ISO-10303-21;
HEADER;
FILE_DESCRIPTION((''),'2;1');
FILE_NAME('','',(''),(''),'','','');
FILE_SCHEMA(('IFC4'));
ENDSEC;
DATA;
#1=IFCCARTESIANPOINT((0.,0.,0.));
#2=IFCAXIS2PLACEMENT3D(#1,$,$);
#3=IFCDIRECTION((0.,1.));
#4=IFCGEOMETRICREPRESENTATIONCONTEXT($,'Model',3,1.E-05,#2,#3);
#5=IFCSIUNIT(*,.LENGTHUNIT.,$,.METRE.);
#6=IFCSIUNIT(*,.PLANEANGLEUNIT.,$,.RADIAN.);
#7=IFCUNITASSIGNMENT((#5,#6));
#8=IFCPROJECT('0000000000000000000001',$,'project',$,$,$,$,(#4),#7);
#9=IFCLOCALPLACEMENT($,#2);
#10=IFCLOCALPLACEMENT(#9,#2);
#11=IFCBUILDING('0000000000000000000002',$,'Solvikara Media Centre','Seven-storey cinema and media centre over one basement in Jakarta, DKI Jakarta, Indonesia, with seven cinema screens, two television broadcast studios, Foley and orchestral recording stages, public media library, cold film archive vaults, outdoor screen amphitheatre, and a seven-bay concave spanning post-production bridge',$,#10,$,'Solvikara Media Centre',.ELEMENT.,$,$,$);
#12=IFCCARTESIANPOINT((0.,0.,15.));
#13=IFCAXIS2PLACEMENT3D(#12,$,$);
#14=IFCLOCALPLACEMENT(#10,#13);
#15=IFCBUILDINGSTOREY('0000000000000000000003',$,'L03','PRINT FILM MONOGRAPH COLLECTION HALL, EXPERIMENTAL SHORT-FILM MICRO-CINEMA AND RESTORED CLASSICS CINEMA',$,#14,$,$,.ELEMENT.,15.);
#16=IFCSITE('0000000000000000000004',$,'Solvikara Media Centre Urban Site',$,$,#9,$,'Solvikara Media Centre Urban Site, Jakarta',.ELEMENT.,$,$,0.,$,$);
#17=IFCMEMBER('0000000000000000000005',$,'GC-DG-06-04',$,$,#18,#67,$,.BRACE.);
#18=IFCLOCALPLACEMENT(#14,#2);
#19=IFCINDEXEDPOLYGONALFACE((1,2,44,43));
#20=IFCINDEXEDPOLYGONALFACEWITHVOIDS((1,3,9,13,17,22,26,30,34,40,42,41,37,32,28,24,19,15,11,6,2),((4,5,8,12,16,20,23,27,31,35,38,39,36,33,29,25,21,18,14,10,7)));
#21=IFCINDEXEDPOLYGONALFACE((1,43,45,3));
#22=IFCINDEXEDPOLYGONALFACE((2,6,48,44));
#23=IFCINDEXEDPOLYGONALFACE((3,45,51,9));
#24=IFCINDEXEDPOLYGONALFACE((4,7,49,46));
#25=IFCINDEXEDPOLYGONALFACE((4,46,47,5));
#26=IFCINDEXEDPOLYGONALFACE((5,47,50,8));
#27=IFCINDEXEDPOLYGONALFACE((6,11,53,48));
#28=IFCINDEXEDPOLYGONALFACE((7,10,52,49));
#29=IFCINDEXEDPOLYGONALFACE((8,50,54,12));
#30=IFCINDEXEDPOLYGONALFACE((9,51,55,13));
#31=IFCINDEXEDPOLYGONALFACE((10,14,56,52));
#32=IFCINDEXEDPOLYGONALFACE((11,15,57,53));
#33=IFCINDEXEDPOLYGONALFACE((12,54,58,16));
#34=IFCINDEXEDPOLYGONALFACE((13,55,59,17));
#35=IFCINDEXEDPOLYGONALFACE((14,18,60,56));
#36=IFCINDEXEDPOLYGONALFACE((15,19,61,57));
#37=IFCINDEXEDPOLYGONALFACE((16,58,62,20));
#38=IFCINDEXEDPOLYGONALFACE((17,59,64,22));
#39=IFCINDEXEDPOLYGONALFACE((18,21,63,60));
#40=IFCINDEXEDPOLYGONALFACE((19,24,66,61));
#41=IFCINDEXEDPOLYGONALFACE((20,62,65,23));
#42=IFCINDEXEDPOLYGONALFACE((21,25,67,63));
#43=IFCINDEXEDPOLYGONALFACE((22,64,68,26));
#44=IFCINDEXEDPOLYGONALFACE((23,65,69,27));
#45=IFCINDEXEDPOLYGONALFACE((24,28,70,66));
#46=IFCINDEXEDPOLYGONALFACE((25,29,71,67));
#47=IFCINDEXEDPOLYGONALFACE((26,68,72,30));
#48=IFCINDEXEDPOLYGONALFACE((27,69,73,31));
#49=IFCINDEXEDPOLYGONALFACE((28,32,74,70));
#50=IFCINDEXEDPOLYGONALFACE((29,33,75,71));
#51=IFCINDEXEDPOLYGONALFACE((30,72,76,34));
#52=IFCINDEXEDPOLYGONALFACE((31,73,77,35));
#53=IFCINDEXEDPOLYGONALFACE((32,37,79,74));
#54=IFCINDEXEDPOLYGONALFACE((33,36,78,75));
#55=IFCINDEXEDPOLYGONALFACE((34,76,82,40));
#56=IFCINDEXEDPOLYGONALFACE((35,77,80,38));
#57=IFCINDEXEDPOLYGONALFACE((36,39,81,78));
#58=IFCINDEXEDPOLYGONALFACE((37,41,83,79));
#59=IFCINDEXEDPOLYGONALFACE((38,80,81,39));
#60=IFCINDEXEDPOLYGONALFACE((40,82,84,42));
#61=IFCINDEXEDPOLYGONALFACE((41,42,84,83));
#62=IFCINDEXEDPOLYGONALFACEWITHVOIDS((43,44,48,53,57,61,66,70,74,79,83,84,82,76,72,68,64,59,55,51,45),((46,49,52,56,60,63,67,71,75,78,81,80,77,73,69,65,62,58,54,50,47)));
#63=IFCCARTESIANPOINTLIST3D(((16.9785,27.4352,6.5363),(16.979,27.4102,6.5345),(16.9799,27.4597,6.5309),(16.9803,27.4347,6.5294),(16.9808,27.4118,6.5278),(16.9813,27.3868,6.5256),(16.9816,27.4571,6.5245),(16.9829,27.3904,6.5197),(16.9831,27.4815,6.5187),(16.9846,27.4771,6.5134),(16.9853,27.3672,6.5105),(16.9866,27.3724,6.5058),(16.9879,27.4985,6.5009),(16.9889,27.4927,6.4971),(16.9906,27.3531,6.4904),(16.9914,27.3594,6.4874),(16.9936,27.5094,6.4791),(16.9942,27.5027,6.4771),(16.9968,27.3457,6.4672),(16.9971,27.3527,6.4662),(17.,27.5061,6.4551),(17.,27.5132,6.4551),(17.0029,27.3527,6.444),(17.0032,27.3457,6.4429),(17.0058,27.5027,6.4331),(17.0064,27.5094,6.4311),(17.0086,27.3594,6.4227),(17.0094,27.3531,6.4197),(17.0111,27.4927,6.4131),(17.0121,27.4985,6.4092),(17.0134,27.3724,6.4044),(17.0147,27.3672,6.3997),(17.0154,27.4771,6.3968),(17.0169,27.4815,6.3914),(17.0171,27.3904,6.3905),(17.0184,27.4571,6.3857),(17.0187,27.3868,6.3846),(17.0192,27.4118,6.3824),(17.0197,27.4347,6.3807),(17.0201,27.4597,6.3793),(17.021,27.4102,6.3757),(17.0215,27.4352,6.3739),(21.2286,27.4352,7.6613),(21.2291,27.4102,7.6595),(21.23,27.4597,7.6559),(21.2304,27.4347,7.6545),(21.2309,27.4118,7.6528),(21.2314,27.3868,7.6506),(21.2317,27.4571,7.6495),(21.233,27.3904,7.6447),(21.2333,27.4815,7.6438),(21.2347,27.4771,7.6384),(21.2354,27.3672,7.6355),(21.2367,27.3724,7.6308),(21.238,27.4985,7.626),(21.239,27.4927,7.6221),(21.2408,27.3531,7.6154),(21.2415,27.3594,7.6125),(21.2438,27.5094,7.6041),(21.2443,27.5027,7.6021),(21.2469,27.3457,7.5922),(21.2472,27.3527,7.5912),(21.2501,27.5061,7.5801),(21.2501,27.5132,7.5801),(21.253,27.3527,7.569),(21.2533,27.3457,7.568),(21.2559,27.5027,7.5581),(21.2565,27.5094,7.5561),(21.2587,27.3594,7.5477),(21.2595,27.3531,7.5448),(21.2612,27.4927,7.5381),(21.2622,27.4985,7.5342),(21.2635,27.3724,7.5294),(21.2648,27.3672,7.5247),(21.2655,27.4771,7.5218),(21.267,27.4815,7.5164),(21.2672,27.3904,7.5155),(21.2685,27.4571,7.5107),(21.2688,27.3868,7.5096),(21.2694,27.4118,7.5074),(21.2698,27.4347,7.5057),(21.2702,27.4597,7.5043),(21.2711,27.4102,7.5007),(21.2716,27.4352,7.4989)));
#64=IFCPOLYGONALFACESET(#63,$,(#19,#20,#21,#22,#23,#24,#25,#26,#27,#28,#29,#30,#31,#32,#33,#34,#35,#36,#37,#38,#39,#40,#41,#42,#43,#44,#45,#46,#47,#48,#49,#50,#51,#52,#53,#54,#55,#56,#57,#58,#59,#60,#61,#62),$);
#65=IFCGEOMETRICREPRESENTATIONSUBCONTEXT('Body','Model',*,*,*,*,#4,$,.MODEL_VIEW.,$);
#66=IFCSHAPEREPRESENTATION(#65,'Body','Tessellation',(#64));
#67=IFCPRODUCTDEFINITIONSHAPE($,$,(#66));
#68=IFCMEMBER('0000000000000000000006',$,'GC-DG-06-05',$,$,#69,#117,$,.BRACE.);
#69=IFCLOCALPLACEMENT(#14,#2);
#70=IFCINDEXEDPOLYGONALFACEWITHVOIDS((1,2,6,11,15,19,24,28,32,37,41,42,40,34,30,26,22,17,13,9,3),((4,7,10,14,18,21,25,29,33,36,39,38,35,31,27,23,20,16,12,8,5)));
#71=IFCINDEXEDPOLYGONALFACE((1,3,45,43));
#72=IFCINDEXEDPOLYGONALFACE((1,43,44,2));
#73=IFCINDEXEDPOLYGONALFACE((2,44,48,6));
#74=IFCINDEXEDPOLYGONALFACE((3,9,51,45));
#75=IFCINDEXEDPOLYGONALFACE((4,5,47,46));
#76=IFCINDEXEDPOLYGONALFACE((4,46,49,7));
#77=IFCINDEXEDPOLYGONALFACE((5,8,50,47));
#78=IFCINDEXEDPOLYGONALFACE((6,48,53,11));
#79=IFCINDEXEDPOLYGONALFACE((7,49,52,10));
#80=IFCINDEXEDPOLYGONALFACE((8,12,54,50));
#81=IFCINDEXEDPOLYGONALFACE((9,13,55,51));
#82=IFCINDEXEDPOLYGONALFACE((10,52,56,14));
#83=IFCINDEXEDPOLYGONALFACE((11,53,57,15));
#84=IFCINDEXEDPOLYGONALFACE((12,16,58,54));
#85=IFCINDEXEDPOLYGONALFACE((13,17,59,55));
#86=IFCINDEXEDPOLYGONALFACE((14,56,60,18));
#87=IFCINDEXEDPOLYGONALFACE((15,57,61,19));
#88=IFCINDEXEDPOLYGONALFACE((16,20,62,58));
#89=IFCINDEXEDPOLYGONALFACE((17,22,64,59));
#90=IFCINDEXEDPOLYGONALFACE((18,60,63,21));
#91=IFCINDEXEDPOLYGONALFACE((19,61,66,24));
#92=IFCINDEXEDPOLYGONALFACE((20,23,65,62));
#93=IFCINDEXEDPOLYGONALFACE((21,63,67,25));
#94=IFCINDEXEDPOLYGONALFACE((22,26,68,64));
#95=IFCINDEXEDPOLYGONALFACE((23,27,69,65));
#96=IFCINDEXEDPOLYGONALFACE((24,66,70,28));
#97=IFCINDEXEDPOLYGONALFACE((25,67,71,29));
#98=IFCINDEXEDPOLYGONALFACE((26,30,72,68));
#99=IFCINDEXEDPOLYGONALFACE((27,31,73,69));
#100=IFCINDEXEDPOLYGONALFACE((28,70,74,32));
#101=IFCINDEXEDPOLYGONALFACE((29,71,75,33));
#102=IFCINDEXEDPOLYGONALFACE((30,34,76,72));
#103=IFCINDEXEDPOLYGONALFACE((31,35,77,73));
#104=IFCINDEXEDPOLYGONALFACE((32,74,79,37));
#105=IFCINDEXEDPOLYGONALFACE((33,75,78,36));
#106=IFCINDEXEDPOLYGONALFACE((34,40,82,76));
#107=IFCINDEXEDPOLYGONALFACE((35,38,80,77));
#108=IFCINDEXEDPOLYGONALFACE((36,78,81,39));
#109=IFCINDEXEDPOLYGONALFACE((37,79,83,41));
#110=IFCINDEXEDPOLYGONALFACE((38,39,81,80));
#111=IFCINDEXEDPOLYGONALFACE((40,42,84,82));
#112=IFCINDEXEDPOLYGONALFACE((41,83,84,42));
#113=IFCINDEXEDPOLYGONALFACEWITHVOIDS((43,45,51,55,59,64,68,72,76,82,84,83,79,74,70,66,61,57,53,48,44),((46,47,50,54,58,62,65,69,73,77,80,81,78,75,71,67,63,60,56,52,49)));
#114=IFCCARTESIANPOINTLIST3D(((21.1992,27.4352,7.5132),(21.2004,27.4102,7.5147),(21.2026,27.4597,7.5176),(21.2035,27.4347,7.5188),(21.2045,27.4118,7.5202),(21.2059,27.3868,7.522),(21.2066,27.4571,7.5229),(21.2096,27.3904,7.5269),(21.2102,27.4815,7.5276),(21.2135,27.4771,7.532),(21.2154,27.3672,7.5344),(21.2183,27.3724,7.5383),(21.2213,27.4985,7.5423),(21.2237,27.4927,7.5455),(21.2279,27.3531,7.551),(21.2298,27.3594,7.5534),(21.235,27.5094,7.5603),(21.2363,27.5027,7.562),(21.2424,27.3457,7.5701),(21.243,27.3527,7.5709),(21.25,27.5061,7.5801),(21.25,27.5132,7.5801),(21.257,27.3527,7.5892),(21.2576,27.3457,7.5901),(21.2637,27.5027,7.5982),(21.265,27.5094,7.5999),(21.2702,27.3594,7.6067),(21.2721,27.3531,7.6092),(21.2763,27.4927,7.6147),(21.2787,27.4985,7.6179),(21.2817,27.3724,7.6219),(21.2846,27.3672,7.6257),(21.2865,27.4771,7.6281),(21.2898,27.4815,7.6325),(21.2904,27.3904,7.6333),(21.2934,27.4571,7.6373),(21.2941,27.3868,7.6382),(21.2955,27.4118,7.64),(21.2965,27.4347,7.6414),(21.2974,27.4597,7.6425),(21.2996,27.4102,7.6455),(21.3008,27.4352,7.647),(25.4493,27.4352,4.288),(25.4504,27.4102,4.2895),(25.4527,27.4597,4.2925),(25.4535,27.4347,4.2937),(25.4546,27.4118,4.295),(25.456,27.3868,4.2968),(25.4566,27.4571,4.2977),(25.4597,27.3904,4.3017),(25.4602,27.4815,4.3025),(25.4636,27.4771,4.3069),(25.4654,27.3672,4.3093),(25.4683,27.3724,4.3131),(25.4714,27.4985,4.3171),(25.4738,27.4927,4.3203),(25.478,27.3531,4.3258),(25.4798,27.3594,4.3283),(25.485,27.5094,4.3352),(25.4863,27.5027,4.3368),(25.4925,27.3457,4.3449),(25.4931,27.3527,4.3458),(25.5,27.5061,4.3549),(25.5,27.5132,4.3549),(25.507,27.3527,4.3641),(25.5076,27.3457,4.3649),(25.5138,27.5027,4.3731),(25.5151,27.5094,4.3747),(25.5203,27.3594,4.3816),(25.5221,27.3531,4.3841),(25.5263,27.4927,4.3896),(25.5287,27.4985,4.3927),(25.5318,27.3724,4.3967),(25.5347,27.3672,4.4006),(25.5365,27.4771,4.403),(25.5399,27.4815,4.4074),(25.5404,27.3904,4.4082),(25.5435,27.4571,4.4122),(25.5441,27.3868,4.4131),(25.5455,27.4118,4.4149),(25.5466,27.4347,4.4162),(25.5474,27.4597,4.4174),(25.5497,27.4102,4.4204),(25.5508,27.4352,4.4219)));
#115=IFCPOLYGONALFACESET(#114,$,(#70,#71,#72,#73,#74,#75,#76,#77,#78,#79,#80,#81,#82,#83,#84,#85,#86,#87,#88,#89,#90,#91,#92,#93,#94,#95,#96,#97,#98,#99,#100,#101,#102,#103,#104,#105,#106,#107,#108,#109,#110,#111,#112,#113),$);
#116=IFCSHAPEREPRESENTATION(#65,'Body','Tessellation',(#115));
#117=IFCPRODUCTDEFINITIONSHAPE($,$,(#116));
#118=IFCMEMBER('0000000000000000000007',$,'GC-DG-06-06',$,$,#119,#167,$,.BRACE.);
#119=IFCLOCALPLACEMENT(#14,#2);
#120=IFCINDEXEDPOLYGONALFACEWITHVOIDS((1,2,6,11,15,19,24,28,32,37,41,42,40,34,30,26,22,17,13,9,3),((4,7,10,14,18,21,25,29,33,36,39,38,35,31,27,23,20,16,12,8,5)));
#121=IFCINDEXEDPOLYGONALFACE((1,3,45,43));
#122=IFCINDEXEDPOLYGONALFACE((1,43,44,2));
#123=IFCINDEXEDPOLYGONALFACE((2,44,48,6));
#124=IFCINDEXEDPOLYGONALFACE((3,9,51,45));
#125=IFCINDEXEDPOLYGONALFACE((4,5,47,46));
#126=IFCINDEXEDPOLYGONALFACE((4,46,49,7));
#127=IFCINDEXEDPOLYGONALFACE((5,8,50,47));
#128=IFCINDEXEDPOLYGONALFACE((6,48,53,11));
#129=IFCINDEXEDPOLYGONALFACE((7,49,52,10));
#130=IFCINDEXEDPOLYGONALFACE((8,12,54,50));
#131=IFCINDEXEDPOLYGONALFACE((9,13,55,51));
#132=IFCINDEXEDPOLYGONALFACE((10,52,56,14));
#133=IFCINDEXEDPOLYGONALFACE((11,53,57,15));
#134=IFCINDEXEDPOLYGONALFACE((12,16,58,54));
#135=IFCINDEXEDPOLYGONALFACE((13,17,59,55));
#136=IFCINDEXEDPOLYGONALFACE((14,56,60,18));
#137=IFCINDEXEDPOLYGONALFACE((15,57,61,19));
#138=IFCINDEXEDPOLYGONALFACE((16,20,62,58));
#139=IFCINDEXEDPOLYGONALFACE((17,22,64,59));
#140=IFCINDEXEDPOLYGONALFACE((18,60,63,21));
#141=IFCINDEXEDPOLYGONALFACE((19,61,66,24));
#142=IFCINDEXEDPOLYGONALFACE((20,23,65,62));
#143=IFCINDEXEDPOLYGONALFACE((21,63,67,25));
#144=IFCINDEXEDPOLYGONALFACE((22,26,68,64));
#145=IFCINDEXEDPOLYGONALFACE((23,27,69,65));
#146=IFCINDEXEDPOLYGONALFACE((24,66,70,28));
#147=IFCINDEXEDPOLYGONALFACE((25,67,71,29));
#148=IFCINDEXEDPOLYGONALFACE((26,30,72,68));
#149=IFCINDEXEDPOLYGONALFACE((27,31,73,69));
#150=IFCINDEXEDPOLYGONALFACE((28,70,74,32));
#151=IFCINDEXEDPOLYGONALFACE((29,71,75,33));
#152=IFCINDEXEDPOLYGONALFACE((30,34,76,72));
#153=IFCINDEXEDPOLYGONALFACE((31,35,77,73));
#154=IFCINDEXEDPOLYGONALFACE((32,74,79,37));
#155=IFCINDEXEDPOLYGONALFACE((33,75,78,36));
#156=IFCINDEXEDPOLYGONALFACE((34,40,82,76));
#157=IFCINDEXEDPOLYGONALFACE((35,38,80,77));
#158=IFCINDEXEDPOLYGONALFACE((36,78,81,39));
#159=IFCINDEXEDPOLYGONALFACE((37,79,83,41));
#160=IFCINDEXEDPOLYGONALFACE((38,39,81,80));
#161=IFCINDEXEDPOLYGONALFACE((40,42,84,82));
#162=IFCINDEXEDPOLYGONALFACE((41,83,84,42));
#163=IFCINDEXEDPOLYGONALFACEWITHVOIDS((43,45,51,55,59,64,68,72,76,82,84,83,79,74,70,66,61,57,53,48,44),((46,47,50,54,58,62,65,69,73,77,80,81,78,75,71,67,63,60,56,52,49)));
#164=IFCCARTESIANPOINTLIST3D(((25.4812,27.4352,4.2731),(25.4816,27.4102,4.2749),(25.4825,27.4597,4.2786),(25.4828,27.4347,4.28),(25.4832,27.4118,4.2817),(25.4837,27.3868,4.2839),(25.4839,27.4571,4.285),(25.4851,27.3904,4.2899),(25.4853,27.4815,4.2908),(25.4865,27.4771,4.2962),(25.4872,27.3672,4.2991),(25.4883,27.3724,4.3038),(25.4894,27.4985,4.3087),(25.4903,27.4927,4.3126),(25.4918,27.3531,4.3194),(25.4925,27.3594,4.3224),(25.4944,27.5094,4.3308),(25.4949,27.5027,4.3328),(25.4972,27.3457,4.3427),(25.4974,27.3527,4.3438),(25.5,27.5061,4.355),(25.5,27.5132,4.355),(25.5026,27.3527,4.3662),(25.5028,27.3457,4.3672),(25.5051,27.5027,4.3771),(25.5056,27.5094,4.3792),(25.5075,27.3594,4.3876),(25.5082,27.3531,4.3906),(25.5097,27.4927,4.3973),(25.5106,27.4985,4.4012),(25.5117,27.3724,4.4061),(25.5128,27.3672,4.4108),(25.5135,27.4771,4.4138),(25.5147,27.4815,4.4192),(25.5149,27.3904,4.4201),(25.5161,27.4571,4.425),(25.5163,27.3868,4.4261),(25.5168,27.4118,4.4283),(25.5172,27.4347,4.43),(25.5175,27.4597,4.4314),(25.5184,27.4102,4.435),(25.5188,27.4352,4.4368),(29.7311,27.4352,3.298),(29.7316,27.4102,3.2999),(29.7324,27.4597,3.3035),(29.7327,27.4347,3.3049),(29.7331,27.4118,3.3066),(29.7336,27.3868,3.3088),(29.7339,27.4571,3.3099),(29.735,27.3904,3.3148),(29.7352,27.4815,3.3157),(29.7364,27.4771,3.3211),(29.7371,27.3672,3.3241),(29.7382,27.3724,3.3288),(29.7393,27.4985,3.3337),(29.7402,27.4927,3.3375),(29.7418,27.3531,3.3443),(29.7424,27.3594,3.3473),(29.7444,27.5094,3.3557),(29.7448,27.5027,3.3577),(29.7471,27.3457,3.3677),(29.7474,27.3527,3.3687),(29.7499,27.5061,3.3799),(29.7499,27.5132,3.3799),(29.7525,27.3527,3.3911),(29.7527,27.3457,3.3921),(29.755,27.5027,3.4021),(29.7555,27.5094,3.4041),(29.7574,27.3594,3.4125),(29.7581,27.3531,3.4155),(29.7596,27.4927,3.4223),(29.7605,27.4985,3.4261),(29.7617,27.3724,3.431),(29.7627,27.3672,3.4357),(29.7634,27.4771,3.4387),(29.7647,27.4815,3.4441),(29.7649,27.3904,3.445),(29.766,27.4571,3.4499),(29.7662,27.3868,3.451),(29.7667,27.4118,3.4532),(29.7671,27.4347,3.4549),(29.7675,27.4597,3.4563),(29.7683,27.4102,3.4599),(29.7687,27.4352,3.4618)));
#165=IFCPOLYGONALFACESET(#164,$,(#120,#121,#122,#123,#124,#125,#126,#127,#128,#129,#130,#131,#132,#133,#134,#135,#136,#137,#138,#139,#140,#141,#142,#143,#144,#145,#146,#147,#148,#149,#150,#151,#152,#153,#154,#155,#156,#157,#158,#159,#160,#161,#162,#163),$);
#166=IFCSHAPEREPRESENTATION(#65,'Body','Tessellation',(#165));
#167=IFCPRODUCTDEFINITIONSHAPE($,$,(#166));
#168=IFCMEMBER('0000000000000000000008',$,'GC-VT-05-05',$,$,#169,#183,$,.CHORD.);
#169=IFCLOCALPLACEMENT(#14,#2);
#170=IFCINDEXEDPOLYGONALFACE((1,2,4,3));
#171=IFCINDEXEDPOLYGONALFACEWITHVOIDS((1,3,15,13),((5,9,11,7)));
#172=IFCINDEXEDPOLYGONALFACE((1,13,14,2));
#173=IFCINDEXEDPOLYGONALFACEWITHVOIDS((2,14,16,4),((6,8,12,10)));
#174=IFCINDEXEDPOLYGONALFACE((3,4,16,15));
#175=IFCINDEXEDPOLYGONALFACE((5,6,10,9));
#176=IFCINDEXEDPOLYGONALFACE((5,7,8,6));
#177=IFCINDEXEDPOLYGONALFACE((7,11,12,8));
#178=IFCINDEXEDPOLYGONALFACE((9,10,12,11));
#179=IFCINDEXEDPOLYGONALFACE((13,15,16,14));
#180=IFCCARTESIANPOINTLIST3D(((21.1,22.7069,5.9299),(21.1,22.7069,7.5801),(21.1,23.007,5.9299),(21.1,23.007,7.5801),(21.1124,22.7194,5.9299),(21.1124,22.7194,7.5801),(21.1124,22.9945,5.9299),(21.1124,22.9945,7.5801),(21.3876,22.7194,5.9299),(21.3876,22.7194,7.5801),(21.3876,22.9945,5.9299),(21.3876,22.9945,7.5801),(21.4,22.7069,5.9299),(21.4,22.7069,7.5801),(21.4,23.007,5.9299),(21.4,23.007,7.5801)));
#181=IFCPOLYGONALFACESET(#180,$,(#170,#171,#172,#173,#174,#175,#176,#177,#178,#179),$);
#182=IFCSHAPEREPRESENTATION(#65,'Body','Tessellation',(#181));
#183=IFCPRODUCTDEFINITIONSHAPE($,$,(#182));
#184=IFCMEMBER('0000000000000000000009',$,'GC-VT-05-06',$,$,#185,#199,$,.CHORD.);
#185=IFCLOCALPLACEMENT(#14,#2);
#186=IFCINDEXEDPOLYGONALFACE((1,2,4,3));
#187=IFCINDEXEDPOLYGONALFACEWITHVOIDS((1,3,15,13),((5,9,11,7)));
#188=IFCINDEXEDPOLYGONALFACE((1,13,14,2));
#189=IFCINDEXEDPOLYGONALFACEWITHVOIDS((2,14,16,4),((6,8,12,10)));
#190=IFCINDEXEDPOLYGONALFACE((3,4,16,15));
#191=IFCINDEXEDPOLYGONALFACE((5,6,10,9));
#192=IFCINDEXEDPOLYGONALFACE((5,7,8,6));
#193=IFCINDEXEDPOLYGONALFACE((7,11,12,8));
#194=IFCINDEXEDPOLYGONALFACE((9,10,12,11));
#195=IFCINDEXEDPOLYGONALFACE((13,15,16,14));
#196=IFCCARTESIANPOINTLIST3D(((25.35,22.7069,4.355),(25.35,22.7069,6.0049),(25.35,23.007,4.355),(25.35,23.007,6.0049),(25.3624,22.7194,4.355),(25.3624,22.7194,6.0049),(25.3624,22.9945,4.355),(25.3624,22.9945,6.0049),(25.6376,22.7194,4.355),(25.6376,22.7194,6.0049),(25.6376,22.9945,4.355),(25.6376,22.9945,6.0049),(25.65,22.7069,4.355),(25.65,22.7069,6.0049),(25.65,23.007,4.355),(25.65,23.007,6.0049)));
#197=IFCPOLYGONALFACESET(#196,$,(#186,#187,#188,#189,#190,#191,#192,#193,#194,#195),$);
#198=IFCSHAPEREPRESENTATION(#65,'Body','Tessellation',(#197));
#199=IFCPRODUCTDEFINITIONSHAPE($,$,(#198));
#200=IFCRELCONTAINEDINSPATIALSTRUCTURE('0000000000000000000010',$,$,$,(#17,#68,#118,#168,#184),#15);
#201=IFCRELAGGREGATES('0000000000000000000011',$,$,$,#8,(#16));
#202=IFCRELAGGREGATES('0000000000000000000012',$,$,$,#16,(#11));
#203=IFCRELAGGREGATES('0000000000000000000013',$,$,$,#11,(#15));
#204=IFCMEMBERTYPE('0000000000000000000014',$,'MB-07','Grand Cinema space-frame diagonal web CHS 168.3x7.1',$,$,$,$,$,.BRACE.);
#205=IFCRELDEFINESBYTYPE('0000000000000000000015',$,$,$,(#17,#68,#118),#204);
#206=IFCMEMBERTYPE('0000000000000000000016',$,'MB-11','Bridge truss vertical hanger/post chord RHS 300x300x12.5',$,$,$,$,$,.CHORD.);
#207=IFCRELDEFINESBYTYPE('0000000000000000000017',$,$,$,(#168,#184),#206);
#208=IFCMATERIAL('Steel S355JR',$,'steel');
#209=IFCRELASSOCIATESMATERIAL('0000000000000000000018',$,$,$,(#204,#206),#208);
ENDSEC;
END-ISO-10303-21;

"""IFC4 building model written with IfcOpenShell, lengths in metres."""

from ifc_helpers import new_model, si_unit, direction, frame, origin, origin_2d, place, context, subcontext, project, spatial, hollow_rectangle, hollow_circle, extrude, material, material_profile, profile_set, type_object, element, save


model = new_model("IFC4")

# Units and contexts
model_context = context("Model", 3, precision=1e-05, world=origin(), true_north=direction((0.0, 1.0)))
body_context = subcontext(model_context, "Body", "Model", "MODEL_VIEW")
ifc_project = project(units=[si_unit("LENGTHUNIT", "METRE"), si_unit("PLANEANGLEUNIT", "RADIAN")], contexts=[model_context])

# Site, building, storey
site_placement = place(None, origin())
site = spatial("IfcSite", under=ifc_project, at=site_placement, Name="Solvikara Media Centre Urban Site", LongName="Solvikara Media Centre Urban Site, Jakarta", CompositionType="ELEMENT", RefElevation=0.0)
building_placement = place(site_placement, origin())
building = spatial("IfcBuilding", under=site, at=building_placement, Name="Solvikara Media Centre", Description="Seven-storey cinema and media centre over one basement in Jakarta, DKI Jakarta, Indonesia, with seven cinema screens, two television broadcast studios, Foley and orchestral recording stages, public media library, cold film archive vaults, outdoor screen amphitheatre, and a seven-bay concave spanning post-production bridge", LongName="Solvikara Media Centre", CompositionType="ELEMENT")
storey_placement = place(building_placement, frame((0.0, 0.0, 15.0)))
storey = spatial("IfcBuildingStorey", under=building, at=storey_placement, Name="L03", Description="PRINT FILM MONOGRAPH COLLECTION HALL, EXPERIMENTAL SHORT-FILM MICRO-CINEMA AND RESTORED CLASSICS CINEMA", CompositionType="ELEMENT", Elevation=15.0)

# Members
ifc_material_1 = material(Name="Steel S355JR", Category="steel")
ifc_material_profile_1 = material_profile(ifc_material_1, hollow_circle(Radius=0.0842, WallThickness=0.0071, at=origin_2d()), Name="CHS 168.3x7.1")
ifc_profile_set_1 = profile_set([ifc_material_profile_1], Name="Steel S355JR")
member_type_1 = type_object("IfcMemberType", Name="MB-07", Description="Grand Cinema space-frame diagonal web CHS 168.3x7.1", PredefinedType="BRACE", material=ifc_profile_set_1)
member_1_placement = place(storey_placement, frame((17.0, 27.429, 6.4551), z_axis=(0.966705, 0.0, 0.255893), x_axis=(0.0, 1.0, 0.0)))
element("IfcMember", 1, at=member_1_placement, inside=storey, type_object=member_type_1, Name="GC-DG-06-04", PredefinedType="BRACE", context=body_context, shape_type="SweptSolid", body=[
    extrude(hollow_circle(Radius=0.0842, WallThickness=0.0071, at=origin_2d()), origin(), (0.0, 0.0, 1.0), 4.3965),
])
member_2_placement = place(storey_placement, frame((21.25, 27.429, 7.5801), z_axis=(0.796605, 0.0, -0.604501), x_axis=(0.0, 1.0, 0.0)))
element("IfcMember", 2, at=member_2_placement, inside=storey, type_object=member_type_1, Name="GC-DG-06-05", PredefinedType="BRACE", context=body_context, shape_type="SweptSolid", body=[
    extrude(hollow_circle(Radius=0.0842, WallThickness=0.0071, at=origin_2d()), origin(), (0.0, 0.0, 1.0), 5.3352),
])
member_3_placement = place(storey_placement, frame((25.5, 27.429, 4.355), z_axis=(0.974675, 0.0, -0.223624), x_axis=(0.0, 1.0, 0.0)))
element("IfcMember", 3, at=member_3_placement, inside=storey, type_object=member_type_1, Name="GC-DG-06-06", PredefinedType="BRACE", context=body_context, shape_type="SweptSolid", body=[
    extrude(hollow_circle(Radius=0.0842, WallThickness=0.0071, at=origin_2d()), origin(), (0.0, 0.0, 1.0), 4.3604),
])
ifc_material_profile_2 = material_profile(ifc_material_1, hollow_rectangle(XDim=0.3, YDim=0.3, WallThickness=0.0125, at=origin_2d()), Name="RHS 300x300x12.5")
ifc_profile_set_2 = profile_set([ifc_material_profile_2], Name="Steel S355JR")
member_type_2 = type_object("IfcMemberType", Name="MB-11", Description="Bridge truss vertical hanger/post chord RHS 300x300x12.5", PredefinedType="CHORD", material=ifc_profile_set_2)
member_4_placement = place(storey_placement, frame((21.25, 22.8569, 5.9299), z_axis=(0.0, 0.0, 1.0), x_axis=(1.0, 0.0, 0.0)))
element("IfcMember", 4, at=member_4_placement, inside=storey, type_object=member_type_2, Name="GC-VT-05-05", PredefinedType="CHORD", context=body_context, shape_type="SweptSolid", body=[
    extrude(hollow_rectangle(XDim=0.3, YDim=0.3, WallThickness=0.0125, at=origin_2d()), origin(), (0.0, 0.0, 1.0), 1.6501),
])
for number, where, z_axis, x_axis, name in (
    (5, (25.5, 22.8569, 4.355), (0.0, 0.0, 1.0), (1.0, 0.0, 0.0), "GC-VT-05-06"),
):
    element("IfcMember", number, at=place(storey_placement, frame(where, z_axis=z_axis, x_axis=x_axis)), inside=storey, type_object=member_type_2, Name=name, PredefinedType="CHORD", context=body_context, shape_type="SweptSolid", body=[
        extrude(hollow_rectangle(XDim=0.3, YDim=0.3, WallThickness=0.0125, at=origin_2d()), origin(), (0.0, 0.0, 1.0), 1.6499),
    ])

save(model, "model.ifc")
